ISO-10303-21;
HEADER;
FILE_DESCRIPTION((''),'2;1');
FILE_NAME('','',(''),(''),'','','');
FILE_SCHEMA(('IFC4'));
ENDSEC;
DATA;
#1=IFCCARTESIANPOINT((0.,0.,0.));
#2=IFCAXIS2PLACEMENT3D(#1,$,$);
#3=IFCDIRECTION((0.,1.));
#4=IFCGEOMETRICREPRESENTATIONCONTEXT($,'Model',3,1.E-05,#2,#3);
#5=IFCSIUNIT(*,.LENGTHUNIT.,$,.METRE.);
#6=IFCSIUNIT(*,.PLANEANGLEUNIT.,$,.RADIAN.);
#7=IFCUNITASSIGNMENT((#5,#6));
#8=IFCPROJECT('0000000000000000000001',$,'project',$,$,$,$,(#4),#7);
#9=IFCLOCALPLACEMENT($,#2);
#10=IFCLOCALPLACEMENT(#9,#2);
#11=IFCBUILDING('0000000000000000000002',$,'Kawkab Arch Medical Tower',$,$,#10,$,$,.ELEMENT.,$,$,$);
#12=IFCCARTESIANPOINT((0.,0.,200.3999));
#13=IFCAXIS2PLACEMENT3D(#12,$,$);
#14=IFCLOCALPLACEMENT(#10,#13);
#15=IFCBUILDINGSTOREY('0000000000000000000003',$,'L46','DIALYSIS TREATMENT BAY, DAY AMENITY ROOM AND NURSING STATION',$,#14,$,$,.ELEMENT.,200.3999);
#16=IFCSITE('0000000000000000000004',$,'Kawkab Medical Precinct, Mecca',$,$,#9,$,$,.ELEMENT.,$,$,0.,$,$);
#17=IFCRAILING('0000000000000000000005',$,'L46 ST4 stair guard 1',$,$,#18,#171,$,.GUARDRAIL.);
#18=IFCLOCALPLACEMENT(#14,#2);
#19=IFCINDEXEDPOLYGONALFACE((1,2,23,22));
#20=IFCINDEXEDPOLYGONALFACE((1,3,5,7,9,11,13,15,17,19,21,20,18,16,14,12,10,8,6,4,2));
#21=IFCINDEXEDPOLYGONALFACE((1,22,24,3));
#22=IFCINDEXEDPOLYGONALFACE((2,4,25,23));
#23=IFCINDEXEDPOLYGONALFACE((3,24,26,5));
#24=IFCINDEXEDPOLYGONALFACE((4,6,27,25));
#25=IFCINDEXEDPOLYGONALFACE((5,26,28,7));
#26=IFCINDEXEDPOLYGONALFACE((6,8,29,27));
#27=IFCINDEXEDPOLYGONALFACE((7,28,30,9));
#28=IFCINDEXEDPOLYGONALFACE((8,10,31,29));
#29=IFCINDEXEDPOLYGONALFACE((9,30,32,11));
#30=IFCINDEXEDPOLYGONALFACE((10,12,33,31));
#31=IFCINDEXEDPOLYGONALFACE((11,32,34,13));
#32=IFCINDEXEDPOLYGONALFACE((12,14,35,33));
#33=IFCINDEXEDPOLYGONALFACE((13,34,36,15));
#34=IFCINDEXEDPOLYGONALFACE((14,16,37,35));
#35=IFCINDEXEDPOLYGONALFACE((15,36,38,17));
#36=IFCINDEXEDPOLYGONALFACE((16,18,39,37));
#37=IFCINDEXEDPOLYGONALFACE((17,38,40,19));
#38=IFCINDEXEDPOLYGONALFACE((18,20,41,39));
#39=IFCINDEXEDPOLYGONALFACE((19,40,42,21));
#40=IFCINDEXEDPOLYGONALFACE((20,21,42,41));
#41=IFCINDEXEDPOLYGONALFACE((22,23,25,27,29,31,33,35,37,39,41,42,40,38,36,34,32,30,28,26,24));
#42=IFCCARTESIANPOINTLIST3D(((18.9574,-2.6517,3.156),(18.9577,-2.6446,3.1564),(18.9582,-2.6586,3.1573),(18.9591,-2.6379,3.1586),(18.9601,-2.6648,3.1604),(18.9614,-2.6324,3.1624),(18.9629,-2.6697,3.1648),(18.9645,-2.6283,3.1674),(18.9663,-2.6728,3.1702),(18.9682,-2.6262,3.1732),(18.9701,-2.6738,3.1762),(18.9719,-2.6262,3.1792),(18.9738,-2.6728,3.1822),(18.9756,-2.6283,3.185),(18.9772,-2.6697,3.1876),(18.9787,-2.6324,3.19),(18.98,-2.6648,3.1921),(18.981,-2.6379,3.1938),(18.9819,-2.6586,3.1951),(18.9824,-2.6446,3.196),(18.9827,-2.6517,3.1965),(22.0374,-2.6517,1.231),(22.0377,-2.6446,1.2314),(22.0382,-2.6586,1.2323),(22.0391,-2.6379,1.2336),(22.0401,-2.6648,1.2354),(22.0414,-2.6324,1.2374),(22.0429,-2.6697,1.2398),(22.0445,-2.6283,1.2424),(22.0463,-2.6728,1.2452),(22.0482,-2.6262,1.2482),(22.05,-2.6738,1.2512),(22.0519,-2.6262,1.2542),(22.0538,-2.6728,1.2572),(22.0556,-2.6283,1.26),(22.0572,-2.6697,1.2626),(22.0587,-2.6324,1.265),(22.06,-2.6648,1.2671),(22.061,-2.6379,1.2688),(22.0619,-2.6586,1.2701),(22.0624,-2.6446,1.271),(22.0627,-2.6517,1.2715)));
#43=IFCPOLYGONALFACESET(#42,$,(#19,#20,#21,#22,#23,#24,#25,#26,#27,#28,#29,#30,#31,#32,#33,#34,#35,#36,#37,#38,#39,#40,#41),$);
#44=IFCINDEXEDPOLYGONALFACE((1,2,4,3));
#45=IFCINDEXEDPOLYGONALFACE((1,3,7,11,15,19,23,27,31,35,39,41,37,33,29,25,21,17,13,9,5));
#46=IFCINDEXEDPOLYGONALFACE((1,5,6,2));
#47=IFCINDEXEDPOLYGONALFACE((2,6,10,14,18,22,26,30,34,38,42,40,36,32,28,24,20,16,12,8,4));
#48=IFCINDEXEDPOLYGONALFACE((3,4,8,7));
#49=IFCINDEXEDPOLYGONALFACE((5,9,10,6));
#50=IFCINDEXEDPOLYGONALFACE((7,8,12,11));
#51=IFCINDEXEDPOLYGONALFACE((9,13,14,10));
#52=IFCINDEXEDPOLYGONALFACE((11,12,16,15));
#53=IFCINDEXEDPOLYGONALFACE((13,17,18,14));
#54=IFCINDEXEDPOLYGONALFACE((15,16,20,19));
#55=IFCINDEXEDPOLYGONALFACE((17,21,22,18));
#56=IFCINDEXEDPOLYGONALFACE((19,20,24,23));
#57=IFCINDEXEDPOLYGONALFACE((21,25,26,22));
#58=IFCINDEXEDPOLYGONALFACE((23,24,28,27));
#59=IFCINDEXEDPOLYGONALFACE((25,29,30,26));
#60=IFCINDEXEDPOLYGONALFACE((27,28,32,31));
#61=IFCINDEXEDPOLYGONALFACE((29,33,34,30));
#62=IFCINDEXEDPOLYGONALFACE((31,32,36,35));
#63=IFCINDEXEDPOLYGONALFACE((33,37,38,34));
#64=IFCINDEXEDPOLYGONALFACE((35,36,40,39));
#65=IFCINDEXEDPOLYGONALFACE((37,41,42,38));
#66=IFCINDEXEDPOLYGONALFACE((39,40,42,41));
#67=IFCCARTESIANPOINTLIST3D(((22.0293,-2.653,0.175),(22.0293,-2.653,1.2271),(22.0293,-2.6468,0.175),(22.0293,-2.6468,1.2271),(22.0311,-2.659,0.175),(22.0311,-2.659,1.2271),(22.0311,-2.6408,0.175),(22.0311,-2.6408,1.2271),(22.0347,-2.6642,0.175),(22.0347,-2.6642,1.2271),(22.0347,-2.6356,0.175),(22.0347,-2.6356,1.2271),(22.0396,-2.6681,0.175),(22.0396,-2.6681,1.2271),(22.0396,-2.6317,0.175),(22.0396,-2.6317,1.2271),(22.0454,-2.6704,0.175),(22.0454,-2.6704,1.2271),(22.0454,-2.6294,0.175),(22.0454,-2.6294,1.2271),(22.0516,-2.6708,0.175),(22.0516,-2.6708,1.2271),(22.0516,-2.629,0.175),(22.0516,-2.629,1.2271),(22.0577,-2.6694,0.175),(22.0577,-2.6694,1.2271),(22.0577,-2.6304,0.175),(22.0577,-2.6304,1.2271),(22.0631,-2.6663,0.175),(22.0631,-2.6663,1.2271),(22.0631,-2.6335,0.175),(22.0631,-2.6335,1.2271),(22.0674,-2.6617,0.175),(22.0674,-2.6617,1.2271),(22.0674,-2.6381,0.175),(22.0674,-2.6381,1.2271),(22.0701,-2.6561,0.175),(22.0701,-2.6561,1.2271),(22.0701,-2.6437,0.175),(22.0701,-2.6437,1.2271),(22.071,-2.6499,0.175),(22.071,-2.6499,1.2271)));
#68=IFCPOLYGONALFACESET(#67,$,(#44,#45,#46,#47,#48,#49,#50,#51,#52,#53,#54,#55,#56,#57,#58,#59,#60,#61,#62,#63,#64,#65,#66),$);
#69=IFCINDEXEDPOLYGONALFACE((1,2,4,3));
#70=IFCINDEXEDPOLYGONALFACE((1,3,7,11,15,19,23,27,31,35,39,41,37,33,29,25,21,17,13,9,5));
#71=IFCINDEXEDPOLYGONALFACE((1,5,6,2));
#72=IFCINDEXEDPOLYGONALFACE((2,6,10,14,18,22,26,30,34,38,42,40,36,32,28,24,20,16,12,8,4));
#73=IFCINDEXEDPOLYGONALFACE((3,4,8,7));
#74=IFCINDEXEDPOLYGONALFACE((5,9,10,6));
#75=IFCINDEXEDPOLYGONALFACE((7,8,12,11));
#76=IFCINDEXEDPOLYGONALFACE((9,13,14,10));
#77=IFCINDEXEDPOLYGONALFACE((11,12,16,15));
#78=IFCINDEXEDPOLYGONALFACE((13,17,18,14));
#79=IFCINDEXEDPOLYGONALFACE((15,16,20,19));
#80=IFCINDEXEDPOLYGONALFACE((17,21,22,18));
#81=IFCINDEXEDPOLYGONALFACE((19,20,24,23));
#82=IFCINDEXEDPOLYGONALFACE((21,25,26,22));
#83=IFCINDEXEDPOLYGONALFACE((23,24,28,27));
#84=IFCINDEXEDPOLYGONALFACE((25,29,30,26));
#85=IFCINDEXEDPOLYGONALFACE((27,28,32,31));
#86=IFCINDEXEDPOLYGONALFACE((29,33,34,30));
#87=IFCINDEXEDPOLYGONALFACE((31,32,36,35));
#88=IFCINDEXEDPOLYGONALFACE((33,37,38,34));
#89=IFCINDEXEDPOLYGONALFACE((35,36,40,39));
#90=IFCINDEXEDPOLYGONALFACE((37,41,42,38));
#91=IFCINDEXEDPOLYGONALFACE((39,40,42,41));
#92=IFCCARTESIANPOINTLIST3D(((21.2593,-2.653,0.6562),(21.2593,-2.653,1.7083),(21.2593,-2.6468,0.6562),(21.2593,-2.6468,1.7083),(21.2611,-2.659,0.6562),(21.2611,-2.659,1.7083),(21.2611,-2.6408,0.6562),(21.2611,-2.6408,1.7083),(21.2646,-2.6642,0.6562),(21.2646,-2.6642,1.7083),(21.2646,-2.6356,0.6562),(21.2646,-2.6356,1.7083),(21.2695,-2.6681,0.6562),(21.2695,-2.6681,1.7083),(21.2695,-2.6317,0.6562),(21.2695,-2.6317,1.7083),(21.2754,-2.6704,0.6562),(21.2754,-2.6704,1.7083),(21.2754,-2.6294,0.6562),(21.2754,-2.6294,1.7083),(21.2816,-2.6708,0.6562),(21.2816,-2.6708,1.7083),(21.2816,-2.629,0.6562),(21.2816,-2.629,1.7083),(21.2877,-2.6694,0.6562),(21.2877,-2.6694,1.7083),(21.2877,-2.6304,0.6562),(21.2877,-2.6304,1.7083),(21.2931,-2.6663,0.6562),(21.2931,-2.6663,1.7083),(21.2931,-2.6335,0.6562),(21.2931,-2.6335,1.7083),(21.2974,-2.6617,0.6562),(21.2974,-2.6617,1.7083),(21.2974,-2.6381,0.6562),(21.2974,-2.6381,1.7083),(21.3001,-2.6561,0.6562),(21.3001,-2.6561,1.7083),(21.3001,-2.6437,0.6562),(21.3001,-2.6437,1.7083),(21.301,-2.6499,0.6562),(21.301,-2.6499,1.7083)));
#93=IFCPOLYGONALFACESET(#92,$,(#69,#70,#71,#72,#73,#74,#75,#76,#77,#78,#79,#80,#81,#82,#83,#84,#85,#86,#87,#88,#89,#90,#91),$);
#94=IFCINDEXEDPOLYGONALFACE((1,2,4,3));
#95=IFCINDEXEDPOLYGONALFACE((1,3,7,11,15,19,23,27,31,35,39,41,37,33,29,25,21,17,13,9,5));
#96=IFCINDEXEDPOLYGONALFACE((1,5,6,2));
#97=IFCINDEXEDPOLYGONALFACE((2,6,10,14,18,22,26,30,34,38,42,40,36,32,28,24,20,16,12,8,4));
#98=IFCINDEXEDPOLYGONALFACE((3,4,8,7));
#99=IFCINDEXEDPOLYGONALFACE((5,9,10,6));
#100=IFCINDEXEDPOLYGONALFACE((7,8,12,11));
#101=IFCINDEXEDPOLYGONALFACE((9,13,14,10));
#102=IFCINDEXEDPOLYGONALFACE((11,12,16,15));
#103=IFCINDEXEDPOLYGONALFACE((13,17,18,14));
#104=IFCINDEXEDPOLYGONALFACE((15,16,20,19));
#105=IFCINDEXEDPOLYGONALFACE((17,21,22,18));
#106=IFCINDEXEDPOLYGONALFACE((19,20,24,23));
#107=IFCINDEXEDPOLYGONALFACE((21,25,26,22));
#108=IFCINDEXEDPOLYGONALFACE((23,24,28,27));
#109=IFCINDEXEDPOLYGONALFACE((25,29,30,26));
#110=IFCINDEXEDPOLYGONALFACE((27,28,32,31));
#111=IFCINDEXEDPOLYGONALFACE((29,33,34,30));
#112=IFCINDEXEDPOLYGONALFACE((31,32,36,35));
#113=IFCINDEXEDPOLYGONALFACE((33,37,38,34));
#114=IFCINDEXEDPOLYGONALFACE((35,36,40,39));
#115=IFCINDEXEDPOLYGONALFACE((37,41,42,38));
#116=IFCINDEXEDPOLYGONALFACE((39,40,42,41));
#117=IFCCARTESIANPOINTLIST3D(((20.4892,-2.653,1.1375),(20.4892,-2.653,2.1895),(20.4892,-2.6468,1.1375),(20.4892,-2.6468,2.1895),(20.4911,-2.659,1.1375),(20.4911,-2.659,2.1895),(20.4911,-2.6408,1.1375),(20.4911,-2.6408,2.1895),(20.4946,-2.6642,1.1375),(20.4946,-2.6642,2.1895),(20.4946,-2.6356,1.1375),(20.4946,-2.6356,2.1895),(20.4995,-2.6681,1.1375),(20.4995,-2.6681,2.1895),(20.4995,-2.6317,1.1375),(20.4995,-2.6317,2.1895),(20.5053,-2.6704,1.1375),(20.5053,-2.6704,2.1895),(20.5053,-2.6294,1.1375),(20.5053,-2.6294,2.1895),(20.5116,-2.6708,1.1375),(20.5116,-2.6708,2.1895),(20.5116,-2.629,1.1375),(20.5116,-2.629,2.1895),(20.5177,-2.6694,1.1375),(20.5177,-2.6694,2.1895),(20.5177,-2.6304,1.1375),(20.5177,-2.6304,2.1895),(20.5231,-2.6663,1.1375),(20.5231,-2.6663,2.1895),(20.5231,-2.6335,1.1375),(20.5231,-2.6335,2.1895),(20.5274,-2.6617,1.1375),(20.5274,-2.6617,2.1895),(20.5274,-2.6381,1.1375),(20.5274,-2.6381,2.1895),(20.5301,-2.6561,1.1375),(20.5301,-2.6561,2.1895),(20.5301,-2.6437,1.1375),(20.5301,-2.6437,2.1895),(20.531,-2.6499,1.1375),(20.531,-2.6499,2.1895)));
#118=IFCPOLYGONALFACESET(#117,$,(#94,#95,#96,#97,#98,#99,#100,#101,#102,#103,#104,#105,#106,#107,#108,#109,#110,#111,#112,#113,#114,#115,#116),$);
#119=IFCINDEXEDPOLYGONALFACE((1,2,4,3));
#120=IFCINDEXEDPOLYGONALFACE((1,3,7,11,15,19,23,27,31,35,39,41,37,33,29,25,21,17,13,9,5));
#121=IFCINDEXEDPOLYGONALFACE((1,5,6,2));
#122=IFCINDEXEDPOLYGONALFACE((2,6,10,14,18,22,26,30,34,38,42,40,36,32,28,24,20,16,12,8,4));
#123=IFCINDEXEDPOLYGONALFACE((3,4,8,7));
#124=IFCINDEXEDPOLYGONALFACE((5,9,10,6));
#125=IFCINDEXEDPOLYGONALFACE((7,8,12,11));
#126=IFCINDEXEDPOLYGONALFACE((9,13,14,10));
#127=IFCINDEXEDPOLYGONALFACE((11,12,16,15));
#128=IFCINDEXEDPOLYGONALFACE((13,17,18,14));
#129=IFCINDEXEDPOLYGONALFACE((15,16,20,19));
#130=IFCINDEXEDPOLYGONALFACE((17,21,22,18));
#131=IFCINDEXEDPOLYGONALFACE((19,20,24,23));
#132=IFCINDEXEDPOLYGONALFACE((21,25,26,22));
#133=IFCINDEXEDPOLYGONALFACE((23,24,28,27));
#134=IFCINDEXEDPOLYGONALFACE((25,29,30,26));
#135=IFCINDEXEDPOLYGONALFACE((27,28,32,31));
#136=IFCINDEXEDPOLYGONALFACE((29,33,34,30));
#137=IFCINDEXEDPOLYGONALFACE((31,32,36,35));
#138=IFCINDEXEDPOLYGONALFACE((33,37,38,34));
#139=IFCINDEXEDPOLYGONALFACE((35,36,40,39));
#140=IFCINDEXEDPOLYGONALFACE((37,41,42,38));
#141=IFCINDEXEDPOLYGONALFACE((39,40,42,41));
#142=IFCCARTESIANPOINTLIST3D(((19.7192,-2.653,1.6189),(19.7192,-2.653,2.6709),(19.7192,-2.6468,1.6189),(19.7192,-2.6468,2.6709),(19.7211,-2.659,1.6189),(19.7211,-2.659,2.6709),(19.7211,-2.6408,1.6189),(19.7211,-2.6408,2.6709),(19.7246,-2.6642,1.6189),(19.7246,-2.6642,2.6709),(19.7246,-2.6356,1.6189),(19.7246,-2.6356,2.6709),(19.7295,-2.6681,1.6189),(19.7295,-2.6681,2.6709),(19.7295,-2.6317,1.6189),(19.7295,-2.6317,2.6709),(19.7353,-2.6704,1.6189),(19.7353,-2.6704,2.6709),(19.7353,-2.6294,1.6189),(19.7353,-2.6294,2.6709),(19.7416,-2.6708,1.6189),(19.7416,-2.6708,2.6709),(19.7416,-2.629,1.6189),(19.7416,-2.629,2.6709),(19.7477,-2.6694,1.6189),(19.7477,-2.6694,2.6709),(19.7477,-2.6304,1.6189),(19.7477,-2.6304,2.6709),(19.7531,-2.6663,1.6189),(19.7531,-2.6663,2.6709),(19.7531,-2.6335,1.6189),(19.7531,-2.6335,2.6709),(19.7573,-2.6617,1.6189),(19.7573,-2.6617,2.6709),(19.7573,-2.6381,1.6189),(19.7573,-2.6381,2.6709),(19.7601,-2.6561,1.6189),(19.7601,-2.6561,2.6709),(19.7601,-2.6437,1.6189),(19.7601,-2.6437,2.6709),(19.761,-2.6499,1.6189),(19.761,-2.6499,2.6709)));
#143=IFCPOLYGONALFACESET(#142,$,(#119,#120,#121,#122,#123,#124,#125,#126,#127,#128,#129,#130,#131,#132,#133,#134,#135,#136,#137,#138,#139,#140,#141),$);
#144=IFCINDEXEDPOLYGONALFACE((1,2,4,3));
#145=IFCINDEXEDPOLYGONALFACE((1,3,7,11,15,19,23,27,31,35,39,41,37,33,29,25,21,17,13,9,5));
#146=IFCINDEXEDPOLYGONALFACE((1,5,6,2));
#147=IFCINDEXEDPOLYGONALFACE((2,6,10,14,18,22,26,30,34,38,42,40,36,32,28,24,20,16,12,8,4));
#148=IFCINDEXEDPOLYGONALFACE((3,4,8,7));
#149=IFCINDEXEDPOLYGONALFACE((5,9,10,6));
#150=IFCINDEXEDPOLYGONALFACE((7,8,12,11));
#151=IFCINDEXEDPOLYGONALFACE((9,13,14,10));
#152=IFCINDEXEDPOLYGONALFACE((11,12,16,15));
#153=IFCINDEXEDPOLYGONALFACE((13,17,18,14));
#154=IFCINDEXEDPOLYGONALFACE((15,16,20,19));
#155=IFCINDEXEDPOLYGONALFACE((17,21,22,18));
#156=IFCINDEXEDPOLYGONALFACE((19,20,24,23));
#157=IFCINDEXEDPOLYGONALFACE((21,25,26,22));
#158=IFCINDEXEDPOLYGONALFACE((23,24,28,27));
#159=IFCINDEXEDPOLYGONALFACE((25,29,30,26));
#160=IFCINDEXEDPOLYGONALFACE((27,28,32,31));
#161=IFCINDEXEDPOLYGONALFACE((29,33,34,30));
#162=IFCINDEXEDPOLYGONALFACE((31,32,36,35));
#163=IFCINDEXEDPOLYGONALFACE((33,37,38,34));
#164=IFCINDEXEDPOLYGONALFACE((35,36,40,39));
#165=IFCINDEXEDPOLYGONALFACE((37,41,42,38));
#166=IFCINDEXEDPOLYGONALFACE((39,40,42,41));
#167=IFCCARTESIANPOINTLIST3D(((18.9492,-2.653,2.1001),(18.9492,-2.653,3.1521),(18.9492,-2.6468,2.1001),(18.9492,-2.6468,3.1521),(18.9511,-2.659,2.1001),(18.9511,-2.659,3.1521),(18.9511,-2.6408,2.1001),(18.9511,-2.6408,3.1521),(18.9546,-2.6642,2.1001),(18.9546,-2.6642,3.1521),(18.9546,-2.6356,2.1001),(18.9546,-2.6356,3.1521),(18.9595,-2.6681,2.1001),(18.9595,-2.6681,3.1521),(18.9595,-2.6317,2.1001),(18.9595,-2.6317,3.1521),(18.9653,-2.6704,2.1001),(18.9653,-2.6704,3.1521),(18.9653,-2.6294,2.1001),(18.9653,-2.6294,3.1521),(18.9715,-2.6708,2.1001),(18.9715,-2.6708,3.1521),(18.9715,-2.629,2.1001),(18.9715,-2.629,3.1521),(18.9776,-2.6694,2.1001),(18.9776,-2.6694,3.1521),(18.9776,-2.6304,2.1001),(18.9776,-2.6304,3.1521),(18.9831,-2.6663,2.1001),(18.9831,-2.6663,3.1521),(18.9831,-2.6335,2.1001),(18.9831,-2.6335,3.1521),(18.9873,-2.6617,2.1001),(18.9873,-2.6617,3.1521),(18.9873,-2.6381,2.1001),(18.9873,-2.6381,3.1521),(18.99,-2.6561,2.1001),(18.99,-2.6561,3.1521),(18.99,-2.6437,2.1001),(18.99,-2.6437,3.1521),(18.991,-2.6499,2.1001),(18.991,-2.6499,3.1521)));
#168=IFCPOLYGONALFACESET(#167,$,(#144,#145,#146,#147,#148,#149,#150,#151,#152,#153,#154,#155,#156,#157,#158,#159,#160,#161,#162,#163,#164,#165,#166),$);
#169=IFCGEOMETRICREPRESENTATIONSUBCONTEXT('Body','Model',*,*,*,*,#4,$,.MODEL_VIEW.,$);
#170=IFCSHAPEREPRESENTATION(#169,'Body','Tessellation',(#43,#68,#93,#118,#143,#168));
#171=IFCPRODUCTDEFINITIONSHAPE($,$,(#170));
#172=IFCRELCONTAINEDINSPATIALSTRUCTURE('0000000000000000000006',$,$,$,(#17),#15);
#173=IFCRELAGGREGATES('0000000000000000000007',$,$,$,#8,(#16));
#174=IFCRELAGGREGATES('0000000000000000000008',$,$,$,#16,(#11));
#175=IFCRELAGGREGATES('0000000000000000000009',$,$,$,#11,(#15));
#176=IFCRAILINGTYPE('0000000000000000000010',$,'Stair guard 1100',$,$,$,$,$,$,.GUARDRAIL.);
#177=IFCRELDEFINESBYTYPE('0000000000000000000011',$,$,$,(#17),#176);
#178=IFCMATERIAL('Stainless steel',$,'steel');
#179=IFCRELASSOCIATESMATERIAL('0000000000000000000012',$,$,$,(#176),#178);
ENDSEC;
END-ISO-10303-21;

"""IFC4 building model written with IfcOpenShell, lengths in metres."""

from ifc_helpers import new_model, si_unit, direction, frame, origin, origin_2d, place, context, subcontext, project, spatial, circle, extrude, material, type_object, element, save


model = new_model("IFC4")

# Units and contexts
model_context = context("Model", 3, precision=1e-05, world=origin(), true_north=direction((0.0, 1.0)))
body_context = subcontext(model_context, "Body", "Model", "MODEL_VIEW")
ifc_project = project(units=[si_unit("LENGTHUNIT", "METRE"), si_unit("PLANEANGLEUNIT", "RADIAN")], contexts=[model_context])

# Site, building, storey
site_placement = place(None, origin())
site = spatial("IfcSite", under=ifc_project, at=site_placement, Name="Kawkab Medical Precinct, Mecca", CompositionType="ELEMENT", RefElevation=0.0)
building_placement = place(site_placement, origin())
building = spatial("IfcBuilding", under=site, at=building_placement, Name="Kawkab Arch Medical Tower", CompositionType="ELEMENT")
storey_placement = place(building_placement, frame((0.0, 0.0, 200.3999)))
storey = spatial("IfcBuildingStorey", under=building, at=storey_placement, Name="L46", Description="DIALYSIS TREATMENT BAY, DAY AMENITY ROOM AND NURSING STATION", CompositionType="ELEMENT", Elevation=200.3999)

# Railing
ifc_material_1 = material(Name="Stainless steel", Category="steel")
railing_type = type_object("IfcRailingType", Name="Stair guard 1100", PredefinedType="GUARDRAIL", material=ifc_material_1)
railing_1_placement = place(storey_placement, frame((22.05, -2.6499, 0.175)))
element("IfcRailing", 1, at=railing_1_placement, inside=storey, type_object=railing_type, Name="L46 ST4 stair guard 1", PredefinedType="GUARDRAIL", context=body_context, shape_type="SweptSolid", body=[
    extrude(circle(Radius=0.0239, at=origin_2d()), frame((0.0, 0.0, 1.0762), z_axis=(-0.847998, 0.0, 0.529999), x_axis=(0.0, -1.0, 0.0)), (0.0, 0.0, 1.0), 3.6321),
    extrude(circle(Radius=0.021, at=origin_2d()), origin(), (0.0, 0.0, 1.0), 1.052),
    extrude(circle(Radius=0.021, at=origin_2d()), frame((-0.77, 0.0, 0.4812)), (0.0, 0.0, 1.0), 1.052),
    extrude(circle(Radius=0.021, at=origin_2d()), frame((-1.54, 0.0, 0.9624)), (0.0, 0.0, 1.0), 1.052),
    extrude(circle(Radius=0.021, at=origin_2d()), frame((-2.3101, 0.0, 1.4438)), (0.0, 0.0, 1.0), 1.052),
    extrude(circle(Radius=0.021, at=origin_2d()), frame((-3.0801, 0.0, 1.925)), (0.0, 0.0, 1.0), 1.052),
])

save(model, "model.ifc")
